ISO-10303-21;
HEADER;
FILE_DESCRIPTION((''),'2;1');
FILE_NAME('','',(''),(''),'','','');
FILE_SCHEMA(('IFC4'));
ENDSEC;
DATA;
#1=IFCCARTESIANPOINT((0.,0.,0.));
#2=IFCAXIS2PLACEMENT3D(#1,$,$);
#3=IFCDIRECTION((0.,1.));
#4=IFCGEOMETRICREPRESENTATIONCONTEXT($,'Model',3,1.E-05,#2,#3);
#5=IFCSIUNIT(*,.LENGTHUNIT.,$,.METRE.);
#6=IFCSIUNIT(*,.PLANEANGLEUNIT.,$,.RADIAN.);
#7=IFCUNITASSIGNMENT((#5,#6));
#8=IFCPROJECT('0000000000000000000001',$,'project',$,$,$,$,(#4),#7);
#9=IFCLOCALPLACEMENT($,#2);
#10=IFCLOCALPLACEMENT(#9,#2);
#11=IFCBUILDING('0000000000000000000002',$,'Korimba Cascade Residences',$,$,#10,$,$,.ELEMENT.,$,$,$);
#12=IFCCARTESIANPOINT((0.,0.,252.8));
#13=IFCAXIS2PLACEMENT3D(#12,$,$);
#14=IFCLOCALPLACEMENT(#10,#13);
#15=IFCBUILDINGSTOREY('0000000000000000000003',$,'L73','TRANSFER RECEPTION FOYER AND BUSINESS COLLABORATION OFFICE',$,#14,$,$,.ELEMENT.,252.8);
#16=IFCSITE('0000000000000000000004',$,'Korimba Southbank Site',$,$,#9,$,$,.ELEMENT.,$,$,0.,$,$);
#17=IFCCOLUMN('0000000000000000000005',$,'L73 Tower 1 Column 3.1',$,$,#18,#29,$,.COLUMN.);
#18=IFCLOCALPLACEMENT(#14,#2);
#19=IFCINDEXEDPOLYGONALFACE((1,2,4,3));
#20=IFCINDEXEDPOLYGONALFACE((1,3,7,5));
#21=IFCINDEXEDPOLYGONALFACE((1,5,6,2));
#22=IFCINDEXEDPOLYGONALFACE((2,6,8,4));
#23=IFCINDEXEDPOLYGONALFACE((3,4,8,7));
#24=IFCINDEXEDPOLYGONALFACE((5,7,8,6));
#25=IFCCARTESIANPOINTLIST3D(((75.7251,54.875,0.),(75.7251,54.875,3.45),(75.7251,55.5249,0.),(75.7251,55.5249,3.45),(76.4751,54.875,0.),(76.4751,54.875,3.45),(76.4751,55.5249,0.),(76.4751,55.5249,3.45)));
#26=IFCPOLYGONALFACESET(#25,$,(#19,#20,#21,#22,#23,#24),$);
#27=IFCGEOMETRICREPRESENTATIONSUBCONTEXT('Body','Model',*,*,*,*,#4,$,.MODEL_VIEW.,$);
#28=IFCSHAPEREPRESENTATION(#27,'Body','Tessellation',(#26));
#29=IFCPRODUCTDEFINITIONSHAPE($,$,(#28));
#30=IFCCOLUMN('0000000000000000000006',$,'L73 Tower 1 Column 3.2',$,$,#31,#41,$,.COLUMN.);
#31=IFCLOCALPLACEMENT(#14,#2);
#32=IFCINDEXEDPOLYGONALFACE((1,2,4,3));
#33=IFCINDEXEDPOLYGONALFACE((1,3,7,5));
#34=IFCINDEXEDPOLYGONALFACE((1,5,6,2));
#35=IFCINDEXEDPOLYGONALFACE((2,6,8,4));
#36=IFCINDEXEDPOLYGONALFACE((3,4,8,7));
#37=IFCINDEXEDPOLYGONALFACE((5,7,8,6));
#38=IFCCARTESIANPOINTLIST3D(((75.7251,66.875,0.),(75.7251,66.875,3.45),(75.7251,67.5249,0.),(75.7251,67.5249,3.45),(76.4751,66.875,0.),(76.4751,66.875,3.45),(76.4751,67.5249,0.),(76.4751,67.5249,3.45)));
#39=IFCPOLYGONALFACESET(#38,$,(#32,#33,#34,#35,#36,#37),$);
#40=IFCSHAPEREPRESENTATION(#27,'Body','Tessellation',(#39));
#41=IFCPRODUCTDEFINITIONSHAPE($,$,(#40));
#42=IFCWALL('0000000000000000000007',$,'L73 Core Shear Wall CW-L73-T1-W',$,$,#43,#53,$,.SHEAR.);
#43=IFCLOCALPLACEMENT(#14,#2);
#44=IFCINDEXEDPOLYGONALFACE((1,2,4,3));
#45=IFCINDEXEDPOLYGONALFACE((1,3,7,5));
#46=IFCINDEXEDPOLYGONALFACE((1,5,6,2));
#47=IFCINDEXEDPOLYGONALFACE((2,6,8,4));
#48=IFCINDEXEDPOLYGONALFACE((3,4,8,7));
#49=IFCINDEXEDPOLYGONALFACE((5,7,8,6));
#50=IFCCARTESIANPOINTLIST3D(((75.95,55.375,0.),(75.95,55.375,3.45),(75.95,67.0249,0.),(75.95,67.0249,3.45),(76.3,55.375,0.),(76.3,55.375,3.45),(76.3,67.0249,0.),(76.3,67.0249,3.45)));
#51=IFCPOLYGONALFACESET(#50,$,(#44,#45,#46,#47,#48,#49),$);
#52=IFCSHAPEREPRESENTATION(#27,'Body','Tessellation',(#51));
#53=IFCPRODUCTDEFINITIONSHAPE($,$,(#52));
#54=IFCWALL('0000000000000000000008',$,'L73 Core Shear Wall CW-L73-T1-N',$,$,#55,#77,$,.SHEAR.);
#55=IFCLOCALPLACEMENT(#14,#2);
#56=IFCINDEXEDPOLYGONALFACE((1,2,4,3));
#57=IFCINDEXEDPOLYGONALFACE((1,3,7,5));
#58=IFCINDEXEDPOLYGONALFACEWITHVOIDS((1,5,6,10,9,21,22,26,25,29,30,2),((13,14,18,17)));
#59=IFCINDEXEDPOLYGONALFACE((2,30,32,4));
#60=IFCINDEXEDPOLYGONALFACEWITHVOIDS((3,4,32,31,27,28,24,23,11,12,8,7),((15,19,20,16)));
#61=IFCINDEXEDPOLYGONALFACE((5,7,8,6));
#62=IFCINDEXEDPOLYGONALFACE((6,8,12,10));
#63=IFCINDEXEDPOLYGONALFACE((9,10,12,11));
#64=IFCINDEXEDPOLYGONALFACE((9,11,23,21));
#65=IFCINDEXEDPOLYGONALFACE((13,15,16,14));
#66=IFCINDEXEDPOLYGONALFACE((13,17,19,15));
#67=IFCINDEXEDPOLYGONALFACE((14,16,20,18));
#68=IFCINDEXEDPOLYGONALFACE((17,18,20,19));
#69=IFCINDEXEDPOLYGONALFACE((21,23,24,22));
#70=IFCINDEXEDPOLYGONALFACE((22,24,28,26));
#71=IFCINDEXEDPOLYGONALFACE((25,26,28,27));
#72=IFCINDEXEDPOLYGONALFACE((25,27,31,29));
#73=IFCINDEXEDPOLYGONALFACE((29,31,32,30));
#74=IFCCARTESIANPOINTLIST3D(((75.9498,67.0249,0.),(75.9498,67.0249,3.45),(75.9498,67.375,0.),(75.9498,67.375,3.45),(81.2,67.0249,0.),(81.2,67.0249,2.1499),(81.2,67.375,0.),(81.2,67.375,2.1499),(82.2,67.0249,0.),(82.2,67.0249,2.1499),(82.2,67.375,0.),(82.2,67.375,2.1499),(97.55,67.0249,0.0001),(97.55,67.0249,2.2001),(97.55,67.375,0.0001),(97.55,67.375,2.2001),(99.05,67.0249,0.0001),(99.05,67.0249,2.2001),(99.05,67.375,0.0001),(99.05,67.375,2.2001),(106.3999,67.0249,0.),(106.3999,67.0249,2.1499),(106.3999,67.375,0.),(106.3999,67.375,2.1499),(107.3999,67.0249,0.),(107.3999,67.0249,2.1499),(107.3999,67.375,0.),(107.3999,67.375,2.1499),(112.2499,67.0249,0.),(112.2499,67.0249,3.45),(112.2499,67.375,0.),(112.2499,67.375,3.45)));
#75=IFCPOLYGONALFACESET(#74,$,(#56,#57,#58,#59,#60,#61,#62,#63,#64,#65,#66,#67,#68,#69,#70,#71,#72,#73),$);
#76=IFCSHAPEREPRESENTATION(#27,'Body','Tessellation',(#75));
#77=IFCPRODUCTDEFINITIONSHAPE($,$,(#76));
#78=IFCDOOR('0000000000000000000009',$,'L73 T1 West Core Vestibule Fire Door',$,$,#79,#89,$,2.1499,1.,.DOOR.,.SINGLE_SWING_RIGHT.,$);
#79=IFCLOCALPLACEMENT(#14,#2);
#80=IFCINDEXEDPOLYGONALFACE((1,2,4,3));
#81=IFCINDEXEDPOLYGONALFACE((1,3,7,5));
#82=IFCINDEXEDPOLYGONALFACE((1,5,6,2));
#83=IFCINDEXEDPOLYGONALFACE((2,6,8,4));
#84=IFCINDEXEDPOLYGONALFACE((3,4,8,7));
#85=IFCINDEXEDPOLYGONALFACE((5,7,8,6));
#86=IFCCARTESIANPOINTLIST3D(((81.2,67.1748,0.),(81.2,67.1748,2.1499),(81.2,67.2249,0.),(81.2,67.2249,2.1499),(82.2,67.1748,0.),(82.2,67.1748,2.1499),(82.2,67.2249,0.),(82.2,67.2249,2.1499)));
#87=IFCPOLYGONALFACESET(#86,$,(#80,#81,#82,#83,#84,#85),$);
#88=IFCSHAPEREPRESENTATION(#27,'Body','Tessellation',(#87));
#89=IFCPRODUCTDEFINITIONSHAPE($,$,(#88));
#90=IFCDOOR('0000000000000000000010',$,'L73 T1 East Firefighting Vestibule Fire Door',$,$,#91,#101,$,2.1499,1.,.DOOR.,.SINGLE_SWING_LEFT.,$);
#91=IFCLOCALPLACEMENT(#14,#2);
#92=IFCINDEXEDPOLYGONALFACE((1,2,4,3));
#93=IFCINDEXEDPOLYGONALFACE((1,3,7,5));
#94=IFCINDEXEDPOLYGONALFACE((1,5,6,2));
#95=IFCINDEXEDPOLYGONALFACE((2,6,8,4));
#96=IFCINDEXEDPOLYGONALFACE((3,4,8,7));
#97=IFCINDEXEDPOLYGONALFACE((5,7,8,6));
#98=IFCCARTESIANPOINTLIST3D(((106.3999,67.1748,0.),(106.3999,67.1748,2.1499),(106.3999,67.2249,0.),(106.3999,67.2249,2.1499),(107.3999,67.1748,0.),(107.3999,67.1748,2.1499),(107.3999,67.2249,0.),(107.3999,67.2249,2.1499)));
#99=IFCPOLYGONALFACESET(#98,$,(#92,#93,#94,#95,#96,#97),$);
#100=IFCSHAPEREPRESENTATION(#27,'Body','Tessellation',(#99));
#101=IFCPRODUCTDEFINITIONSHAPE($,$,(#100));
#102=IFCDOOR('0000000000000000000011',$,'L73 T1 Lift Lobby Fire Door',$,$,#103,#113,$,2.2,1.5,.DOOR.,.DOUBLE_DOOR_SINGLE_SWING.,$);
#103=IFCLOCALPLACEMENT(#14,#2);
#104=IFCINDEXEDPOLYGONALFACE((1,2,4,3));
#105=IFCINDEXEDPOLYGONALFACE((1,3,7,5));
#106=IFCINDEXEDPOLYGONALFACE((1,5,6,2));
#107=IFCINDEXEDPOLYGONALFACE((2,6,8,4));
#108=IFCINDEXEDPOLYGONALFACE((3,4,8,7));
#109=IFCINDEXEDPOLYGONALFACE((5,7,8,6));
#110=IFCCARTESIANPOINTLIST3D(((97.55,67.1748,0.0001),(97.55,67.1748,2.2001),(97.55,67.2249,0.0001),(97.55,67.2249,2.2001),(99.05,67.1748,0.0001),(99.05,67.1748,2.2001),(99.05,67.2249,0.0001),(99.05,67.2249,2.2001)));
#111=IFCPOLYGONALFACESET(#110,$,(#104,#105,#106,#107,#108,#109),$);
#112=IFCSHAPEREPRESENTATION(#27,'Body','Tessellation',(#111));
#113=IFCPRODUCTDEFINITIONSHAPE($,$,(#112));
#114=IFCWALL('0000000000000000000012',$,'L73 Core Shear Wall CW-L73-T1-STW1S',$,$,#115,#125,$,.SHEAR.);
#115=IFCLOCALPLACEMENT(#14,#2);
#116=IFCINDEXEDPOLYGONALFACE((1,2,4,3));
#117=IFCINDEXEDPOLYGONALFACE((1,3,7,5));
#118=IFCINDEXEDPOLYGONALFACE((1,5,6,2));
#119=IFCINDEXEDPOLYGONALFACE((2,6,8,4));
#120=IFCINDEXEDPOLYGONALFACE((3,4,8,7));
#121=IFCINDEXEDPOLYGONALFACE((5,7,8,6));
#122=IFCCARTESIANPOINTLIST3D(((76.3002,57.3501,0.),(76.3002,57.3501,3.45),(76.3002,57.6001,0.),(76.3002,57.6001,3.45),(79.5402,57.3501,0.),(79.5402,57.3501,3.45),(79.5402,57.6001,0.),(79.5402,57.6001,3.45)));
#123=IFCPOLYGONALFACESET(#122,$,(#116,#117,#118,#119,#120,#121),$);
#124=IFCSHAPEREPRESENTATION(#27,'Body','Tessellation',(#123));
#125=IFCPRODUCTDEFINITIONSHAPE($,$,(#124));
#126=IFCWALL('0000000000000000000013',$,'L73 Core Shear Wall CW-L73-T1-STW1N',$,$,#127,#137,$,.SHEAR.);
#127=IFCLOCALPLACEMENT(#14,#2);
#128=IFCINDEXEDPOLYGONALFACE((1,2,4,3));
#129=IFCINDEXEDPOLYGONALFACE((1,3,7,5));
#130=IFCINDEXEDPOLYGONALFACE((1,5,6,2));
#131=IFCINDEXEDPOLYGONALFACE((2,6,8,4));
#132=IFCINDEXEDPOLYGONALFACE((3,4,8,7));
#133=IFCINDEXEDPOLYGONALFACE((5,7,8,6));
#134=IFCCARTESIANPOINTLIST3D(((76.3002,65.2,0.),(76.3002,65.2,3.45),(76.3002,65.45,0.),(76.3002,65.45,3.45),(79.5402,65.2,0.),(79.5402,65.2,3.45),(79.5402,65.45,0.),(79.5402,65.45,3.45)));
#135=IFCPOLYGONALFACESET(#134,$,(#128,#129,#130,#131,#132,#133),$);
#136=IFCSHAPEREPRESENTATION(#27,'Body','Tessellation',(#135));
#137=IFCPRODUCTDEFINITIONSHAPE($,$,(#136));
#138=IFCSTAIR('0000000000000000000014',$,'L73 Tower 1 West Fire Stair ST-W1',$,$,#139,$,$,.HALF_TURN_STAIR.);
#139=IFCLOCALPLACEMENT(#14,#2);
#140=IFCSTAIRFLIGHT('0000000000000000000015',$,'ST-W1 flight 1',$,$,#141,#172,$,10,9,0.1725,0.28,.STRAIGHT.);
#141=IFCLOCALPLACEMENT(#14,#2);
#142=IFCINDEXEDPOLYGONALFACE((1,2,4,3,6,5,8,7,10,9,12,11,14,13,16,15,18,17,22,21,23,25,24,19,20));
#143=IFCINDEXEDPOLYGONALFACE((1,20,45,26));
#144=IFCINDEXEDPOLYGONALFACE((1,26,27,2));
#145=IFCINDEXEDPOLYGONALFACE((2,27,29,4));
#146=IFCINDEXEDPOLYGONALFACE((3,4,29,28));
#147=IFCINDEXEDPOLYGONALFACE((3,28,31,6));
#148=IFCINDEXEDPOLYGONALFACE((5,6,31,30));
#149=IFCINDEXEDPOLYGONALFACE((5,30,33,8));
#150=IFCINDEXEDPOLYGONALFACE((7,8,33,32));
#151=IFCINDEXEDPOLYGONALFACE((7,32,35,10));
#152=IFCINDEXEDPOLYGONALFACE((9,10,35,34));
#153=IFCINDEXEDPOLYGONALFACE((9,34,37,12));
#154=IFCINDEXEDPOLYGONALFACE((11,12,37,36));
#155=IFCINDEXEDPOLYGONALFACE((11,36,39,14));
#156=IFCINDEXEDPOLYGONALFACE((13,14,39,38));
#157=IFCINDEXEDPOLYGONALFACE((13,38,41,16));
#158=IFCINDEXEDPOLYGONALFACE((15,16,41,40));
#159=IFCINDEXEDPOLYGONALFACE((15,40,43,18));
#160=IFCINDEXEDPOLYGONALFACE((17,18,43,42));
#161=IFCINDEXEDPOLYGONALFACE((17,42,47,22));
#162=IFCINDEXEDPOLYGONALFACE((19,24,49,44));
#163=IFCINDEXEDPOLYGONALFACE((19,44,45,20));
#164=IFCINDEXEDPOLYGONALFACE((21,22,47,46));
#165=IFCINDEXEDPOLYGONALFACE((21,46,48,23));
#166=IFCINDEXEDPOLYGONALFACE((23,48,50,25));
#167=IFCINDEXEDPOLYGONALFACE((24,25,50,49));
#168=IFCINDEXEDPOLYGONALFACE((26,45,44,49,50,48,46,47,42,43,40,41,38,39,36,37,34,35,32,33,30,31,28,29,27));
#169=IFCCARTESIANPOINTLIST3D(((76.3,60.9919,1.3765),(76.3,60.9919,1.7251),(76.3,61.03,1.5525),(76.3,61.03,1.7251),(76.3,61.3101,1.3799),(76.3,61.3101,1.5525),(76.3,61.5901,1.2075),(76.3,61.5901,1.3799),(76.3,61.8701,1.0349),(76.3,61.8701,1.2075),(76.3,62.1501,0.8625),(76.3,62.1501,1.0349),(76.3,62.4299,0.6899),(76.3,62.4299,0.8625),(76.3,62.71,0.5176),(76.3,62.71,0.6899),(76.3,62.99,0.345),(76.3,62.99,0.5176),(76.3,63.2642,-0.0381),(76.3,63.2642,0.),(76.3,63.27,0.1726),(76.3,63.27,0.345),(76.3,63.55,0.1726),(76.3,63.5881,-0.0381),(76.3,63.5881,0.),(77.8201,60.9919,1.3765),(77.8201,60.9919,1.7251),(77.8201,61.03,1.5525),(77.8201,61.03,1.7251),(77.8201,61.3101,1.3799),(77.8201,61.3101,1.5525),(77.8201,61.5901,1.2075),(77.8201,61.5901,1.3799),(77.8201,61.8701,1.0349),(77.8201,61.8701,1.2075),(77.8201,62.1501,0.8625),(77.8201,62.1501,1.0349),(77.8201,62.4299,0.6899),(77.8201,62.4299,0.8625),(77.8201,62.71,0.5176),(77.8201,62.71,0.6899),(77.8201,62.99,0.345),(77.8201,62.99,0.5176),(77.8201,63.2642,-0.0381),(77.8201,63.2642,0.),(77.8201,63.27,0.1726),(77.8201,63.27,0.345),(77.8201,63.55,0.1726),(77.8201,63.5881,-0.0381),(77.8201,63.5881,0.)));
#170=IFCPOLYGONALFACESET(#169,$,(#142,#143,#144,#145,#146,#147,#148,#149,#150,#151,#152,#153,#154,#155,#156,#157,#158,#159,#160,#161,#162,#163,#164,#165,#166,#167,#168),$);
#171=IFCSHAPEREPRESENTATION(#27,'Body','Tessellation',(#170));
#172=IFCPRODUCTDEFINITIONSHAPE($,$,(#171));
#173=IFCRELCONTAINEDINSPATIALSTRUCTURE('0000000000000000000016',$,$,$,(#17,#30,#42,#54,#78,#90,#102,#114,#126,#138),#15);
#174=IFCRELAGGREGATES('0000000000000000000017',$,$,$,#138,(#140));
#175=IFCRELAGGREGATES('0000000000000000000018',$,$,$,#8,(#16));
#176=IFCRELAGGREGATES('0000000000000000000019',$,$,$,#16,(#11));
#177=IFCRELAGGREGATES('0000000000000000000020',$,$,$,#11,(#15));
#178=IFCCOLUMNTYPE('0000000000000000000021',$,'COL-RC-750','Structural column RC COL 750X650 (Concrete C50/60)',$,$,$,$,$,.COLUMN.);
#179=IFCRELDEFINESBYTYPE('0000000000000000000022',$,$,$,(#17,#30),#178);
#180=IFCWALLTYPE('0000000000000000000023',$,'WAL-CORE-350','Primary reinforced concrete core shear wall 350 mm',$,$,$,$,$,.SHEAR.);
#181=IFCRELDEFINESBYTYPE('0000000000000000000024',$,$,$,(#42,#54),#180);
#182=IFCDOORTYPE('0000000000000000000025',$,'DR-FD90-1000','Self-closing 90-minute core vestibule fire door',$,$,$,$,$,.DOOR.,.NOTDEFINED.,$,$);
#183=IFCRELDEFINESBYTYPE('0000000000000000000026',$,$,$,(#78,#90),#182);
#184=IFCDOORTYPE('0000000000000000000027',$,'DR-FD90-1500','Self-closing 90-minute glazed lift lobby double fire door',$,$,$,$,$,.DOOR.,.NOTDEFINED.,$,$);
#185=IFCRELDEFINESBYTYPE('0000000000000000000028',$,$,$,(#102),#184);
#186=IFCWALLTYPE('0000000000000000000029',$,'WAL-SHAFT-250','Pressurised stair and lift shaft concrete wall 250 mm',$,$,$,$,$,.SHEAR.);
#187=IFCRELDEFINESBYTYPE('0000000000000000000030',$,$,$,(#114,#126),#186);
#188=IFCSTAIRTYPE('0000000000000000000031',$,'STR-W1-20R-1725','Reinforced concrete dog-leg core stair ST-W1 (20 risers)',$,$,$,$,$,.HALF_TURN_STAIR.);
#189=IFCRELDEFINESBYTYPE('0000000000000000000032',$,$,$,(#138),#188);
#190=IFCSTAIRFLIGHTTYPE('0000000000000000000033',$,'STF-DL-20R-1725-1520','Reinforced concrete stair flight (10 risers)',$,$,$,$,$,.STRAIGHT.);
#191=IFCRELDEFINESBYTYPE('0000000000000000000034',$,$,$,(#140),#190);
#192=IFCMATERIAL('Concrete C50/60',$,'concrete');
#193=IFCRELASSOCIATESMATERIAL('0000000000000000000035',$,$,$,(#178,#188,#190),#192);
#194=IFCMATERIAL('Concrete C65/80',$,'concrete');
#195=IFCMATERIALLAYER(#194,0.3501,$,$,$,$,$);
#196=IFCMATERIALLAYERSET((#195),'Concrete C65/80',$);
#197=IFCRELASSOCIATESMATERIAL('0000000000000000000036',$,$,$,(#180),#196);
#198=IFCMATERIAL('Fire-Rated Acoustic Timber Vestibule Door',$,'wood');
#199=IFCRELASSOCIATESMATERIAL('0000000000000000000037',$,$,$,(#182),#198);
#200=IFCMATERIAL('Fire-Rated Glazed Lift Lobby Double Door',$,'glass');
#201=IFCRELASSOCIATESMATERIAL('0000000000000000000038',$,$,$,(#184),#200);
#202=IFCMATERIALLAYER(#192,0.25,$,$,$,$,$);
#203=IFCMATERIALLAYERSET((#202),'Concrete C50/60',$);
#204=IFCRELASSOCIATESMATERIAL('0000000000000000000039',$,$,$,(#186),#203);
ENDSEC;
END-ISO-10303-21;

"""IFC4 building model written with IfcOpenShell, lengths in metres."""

from ifc_helpers import new_model, si_unit, direction, frame, frame_2d, origin, origin_2d, place, context, subcontext, project, spatial, polyline, rectangle, outline, extrude, material, layer, layer_set, material_profile, profile_set, type_object, element, fill, aggregate, save


model = new_model("IFC4")

# Units and contexts
model_context = context("Model", 3, precision=1e-05, world=origin(), true_north=direction((0.0, 1.0)))
body_context = subcontext(model_context, "Body", "Model", "MODEL_VIEW")
ifc_project = project(units=[si_unit("LENGTHUNIT", "METRE"), si_unit("PLANEANGLEUNIT", "RADIAN")], contexts=[model_context])

# Site, building, storey
site_placement = place(None, origin())
site = spatial("IfcSite", under=ifc_project, at=site_placement, Name="Korimba Southbank Site", CompositionType="ELEMENT", RefElevation=0.0)
building_placement = place(site_placement, origin())
building = spatial("IfcBuilding", under=site, at=building_placement, Name="Korimba Cascade Residences", CompositionType="ELEMENT")
storey_placement = place(building_placement, frame((0.0, 0.0, 252.8)))
storey = spatial("IfcBuildingStorey", under=building, at=storey_placement, Name="L73", Description="TRANSFER RECEPTION FOYER AND BUSINESS COLLABORATION OFFICE", CompositionType="ELEMENT", Elevation=252.8)

# Columns
ifc_material_1 = material(Name="Concrete C50/60", Category="concrete")
ifc_material_profile = material_profile(ifc_material_1, rectangle(XDim=0.75, YDim=0.6499, at=origin_2d()), Name="Concrete C50/60")
ifc_profile_set = profile_set([ifc_material_profile], Name="Concrete C50/60")
column_type = type_object("IfcColumnType", Name="COL-RC-750", Description="Structural column RC COL 750X650 (Concrete C50/60)", PredefinedType="COLUMN", material=ifc_profile_set)
for number, where, z_axis, x_axis, name in (
    (1, (76.1001, 55.2, 0.0), (0.0, 0.0, 1.0), (1.0, 0.0, 0.0), "L73 Tower 1 Column 3.1"),
    (2, (76.1001, 67.2, 0.0), (0.0, 0.0, 1.0), (1.0, 0.0, 0.0), "L73 Tower 1 Column 3.2"),
):
    element("IfcColumn", number, at=place(storey_placement, frame(where, z_axis=z_axis, x_axis=x_axis)), inside=storey, type_object=column_type, Name=name, PredefinedType="COLUMN", context=body_context, shape_type="SweptSolid", body=[
        extrude(rectangle(XDim=0.75, YDim=0.6499, at=origin_2d()), origin(), (0.0, 0.0, 1.0), 3.45),
    ])

# Wall
ifc_material_2 = material(Name="Concrete C65/80", Category="concrete")
ifc_layer_1 = layer(ifc_material_2, 0.3501)
ifc_layer_set_1 = layer_set([ifc_layer_1], Name="Concrete C65/80")
wall_type_1 = type_object("IfcWallType", Name="WAL-CORE-350", Description="Primary reinforced concrete core shear wall 350 mm", PredefinedType="SHEAR", material=ifc_layer_set_1)
wall_1_placement = place(storey_placement, frame((76.125, 55.375, 0.0), z_axis=(0.0, 0.0, 1.0), x_axis=(0.0, 1.0, 0.0)))
element("IfcWall", 3, at=wall_1_placement, inside=storey, type_object=wall_type_1, Name="L73 Core Shear Wall CW-L73-T1-W", PredefinedType="SHEAR", context=body_context, shape_type="SweptSolid", body=[
    extrude(rectangle(XDim=11.6499, YDim=0.3501, at=frame_2d((5.825, 0.0))), origin(), (0.0, 0.0, 1.0), 3.45),
])

# Wall, openings, doors
wall_2_placement = place(storey_placement, frame((75.95, 67.2, 0.0), z_axis=(0.0, 0.0, 1.0), x_axis=(1.0, 0.0, 0.0)))
wall_2 = element("IfcWall", 4, at=wall_2_placement, inside=storey, type_object=wall_type_1, Name="L73 Core Shear Wall CW-L73-T1-N", PredefinedType="SHEAR", context=body_context, shape_type="SweptSolid", body=[
    extrude(rectangle(XDim=36.3, YDim=0.3501, at=frame_2d((18.1499, 0.0))), origin(), (0.0, 0.0, 1.0), 3.45),
])
opening_1_placement = place(wall_2_placement, frame((5.25, 0.0, 0.0)))
opening_1 = element("IfcOpeningElement", 5, at=opening_1_placement, cuts=wall_2, PredefinedType="OPENING", context=body_context, shape_type="SweptSolid", body=[
    extrude(rectangle(XDim=1.0, YDim=2.1499, at=frame_2d((0.5, 1.075))), frame((0.0, 0.1851, 0.0), z_axis=(0.0, -1.0, 0.0), x_axis=(1.0, 0.0, 0.0)), (0.0, 0.0, 1.0), 0.3701),
])
opening_2_placement = place(wall_2_placement, frame((21.6001, 0.0, 0.0)))
opening_2 = element("IfcOpeningElement", 6, at=opening_2_placement, cuts=wall_2, PredefinedType="OPENING", context=body_context, shape_type="SweptSolid", body=[
    extrude(rectangle(XDim=1.5, YDim=2.2, at=frame_2d((0.75, 1.1001))), frame((0.0, 0.1851, 0.0), z_axis=(0.0, -1.0, 0.0), x_axis=(1.0, 0.0, 0.0)), (0.0, 0.0, 1.0), 0.3701),
])
opening_3_placement = place(wall_2_placement, frame((30.45, 0.0, 0.0)))
opening_3 = element("IfcOpeningElement", 7, at=opening_3_placement, cuts=wall_2, PredefinedType="OPENING", context=body_context, shape_type="SweptSolid", body=[
    extrude(rectangle(XDim=1.0, YDim=2.1499, at=frame_2d((0.5, 1.075))), frame((0.0, 0.1851, 0.0), z_axis=(0.0, -1.0, 0.0), x_axis=(1.0, 0.0, 0.0)), (0.0, 0.0, 1.0), 0.3701),
])
ifc_material_3 = material(Name="Fire-Rated Acoustic Timber Vestibule Door", Category="wood")
door_type_1 = type_object("IfcDoorType", Name="DR-FD90-1000", Description="Self-closing 90-minute core vestibule fire door", OperationType="NOTDEFINED", PredefinedType="DOOR", material=ifc_material_3)
door_1_placement = place(opening_1_placement, origin())
door_1 = element("IfcDoor", 8, at=door_1_placement, inside=storey, type_object=door_type_1, Name="L73 T1 West Core Vestibule Fire Door", OperationType="SINGLE_SWING_RIGHT", OverallHeight=2.1499, OverallWidth=1.0, PredefinedType="DOOR", context=body_context, shape_type="SweptSolid", body=[
    extrude(rectangle(XDim=1.0, YDim=2.1499, at=frame_2d((0.5, 1.075))), frame((0.0, 0.0249, 0.0), z_axis=(0.0, -1.0, 0.0), x_axis=(1.0, 0.0, 0.0)), (0.0, 0.0, 1.0), 0.05),
])
fill(opening_1, door_1)
door_2_placement = place(opening_3_placement, origin())
door_2 = element("IfcDoor", 9, at=door_2_placement, inside=storey, type_object=door_type_1, Name="L73 T1 East Firefighting Vestibule Fire Door", OperationType="SINGLE_SWING_LEFT", OverallHeight=2.1499, OverallWidth=1.0, PredefinedType="DOOR", context=body_context, shape_type="SweptSolid", body=[
    extrude(rectangle(XDim=1.0, YDim=2.1499, at=frame_2d((0.5, 1.075))), frame((0.0, 0.0249, 0.0), z_axis=(0.0, -1.0, 0.0), x_axis=(1.0, 0.0, 0.0)), (0.0, 0.0, 1.0), 0.05),
])
fill(opening_3, door_2)
ifc_material_4 = material(Name="Fire-Rated Glazed Lift Lobby Double Door", Category="glass")
door_type_2 = type_object("IfcDoorType", Name="DR-FD90-1500", Description="Self-closing 90-minute glazed lift lobby double fire door", OperationType="NOTDEFINED", PredefinedType="DOOR", material=ifc_material_4)
door_3_placement = place(opening_2_placement, origin())
door_3 = element("IfcDoor", 10, at=door_3_placement, inside=storey, type_object=door_type_2, Name="L73 T1 Lift Lobby Fire Door", OperationType="DOUBLE_DOOR_SINGLE_SWING", OverallHeight=2.2, OverallWidth=1.5, PredefinedType="DOOR", context=body_context, shape_type="SweptSolid", body=[
    extrude(rectangle(XDim=1.5, YDim=2.2, at=frame_2d((0.75, 1.1001))), frame((0.0, 0.0249, 0.0), z_axis=(0.0, -1.0, 0.0), x_axis=(1.0, 0.0, 0.0)), (0.0, 0.0, 1.0), 0.05),
])
fill(opening_2, door_3)

# Walls
ifc_layer_2 = layer(ifc_material_1, 0.25)
ifc_layer_set_2 = layer_set([ifc_layer_2], Name="Concrete C50/60")
wall_type_2 = type_object("IfcWallType", Name="WAL-SHAFT-250", Description="Pressurised stair and lift shaft concrete wall 250 mm", PredefinedType="SHEAR", material=ifc_layer_set_2)
for number, where, z_axis, x_axis, name in (
    (11, (76.3, 57.4751, 0.0), (0.0, 0.0, 1.0), (1.0, 0.0, 0.0), "L73 Core Shear Wall CW-L73-T1-STW1S"),
    (12, (76.3, 65.325, 0.0), (0.0, 0.0, 1.0), (1.0, 0.0, 0.0), "L73 Core Shear Wall CW-L73-T1-STW1N"),
):
    element("IfcWall", number, at=place(storey_placement, frame(where, z_axis=z_axis, x_axis=x_axis)), inside=storey, type_object=wall_type_2, Name=name, PredefinedType="SHEAR", context=body_context, shape_type="SweptSolid", body=[
        extrude(rectangle(XDim=3.24, YDim=0.25, at=frame_2d((1.6201, 0.0))), origin(), (0.0, 0.0, 1.0), 3.45),
    ])

# Stair, stair flight
stair_type = type_object("IfcStairType", Name="STR-W1-20R-1725", Description="Reinforced concrete dog-leg core stair ST-W1 (20 risers)", PredefinedType="HALF_TURN_STAIR", material=ifc_material_1)
stair_placement = place(storey_placement, origin())
stair = element("IfcStair", 13, at=stair_placement, inside=storey, type_object=stair_type, Name="L73 Tower 1 West Fire Stair ST-W1", PredefinedType="HALF_TURN_STAIR")
stair_flight_type = type_object("IfcStairFlightType", Name="STF-DL-20R-1725-1520", Description="Reinforced concrete stair flight (10 risers)", PredefinedType="STRAIGHT", material=ifc_material_1)
stair_flight_1_placement = place(storey_placement, frame((77.0601, 63.55, 0.0), z_axis=(0.0, 0.0, 1.0), x_axis=(0.0, -1.0, 0.0)))
stair_flight_1 = element("IfcStairFlight", 14, at=stair_flight_1_placement, type_object=stair_flight_type, Name="ST-W1 flight 1", NumberOfRisers=10, NumberOfTreads=9, PredefinedType="STRAIGHT", RiserHeight=0.1725, TreadLength=0.28, context=body_context, shape_type="SweptSolid", body=[
    extrude(outline(polyline([(-0.0381, 0.0), (0.0, 0.1726), (0.28, 0.1726), (0.28, 0.345), (0.5601, 0.345), (0.5601, 0.5176), (0.8401, 0.5176), (0.8401, 0.6899), (1.1201, 0.6899), (1.1201, 0.8625), (1.3999, 0.8625), (1.3999, 1.0349), (1.6799, 1.0349), (1.6799, 1.2075), (1.96, 1.2075), (1.96, 1.3799), (2.24, 1.3799), (2.24, 1.5525), (2.52, 1.5525), (2.52, 1.7251), (2.5581, 1.7251), (2.5581, 1.3765), (0.2859, 0.0), (0.2859, -0.0381), (-0.0381, -0.0381), (-0.0381, 0.0)])), frame((0.0, 0.76, 0.0), z_axis=(0.0, -1.0, 0.0), x_axis=(1.0, 0.0, 0.0)), (0.0, 0.0, 1.0), 1.52),
])
aggregate(stair, [stair_flight_1])

save(model, "model.ifc")
